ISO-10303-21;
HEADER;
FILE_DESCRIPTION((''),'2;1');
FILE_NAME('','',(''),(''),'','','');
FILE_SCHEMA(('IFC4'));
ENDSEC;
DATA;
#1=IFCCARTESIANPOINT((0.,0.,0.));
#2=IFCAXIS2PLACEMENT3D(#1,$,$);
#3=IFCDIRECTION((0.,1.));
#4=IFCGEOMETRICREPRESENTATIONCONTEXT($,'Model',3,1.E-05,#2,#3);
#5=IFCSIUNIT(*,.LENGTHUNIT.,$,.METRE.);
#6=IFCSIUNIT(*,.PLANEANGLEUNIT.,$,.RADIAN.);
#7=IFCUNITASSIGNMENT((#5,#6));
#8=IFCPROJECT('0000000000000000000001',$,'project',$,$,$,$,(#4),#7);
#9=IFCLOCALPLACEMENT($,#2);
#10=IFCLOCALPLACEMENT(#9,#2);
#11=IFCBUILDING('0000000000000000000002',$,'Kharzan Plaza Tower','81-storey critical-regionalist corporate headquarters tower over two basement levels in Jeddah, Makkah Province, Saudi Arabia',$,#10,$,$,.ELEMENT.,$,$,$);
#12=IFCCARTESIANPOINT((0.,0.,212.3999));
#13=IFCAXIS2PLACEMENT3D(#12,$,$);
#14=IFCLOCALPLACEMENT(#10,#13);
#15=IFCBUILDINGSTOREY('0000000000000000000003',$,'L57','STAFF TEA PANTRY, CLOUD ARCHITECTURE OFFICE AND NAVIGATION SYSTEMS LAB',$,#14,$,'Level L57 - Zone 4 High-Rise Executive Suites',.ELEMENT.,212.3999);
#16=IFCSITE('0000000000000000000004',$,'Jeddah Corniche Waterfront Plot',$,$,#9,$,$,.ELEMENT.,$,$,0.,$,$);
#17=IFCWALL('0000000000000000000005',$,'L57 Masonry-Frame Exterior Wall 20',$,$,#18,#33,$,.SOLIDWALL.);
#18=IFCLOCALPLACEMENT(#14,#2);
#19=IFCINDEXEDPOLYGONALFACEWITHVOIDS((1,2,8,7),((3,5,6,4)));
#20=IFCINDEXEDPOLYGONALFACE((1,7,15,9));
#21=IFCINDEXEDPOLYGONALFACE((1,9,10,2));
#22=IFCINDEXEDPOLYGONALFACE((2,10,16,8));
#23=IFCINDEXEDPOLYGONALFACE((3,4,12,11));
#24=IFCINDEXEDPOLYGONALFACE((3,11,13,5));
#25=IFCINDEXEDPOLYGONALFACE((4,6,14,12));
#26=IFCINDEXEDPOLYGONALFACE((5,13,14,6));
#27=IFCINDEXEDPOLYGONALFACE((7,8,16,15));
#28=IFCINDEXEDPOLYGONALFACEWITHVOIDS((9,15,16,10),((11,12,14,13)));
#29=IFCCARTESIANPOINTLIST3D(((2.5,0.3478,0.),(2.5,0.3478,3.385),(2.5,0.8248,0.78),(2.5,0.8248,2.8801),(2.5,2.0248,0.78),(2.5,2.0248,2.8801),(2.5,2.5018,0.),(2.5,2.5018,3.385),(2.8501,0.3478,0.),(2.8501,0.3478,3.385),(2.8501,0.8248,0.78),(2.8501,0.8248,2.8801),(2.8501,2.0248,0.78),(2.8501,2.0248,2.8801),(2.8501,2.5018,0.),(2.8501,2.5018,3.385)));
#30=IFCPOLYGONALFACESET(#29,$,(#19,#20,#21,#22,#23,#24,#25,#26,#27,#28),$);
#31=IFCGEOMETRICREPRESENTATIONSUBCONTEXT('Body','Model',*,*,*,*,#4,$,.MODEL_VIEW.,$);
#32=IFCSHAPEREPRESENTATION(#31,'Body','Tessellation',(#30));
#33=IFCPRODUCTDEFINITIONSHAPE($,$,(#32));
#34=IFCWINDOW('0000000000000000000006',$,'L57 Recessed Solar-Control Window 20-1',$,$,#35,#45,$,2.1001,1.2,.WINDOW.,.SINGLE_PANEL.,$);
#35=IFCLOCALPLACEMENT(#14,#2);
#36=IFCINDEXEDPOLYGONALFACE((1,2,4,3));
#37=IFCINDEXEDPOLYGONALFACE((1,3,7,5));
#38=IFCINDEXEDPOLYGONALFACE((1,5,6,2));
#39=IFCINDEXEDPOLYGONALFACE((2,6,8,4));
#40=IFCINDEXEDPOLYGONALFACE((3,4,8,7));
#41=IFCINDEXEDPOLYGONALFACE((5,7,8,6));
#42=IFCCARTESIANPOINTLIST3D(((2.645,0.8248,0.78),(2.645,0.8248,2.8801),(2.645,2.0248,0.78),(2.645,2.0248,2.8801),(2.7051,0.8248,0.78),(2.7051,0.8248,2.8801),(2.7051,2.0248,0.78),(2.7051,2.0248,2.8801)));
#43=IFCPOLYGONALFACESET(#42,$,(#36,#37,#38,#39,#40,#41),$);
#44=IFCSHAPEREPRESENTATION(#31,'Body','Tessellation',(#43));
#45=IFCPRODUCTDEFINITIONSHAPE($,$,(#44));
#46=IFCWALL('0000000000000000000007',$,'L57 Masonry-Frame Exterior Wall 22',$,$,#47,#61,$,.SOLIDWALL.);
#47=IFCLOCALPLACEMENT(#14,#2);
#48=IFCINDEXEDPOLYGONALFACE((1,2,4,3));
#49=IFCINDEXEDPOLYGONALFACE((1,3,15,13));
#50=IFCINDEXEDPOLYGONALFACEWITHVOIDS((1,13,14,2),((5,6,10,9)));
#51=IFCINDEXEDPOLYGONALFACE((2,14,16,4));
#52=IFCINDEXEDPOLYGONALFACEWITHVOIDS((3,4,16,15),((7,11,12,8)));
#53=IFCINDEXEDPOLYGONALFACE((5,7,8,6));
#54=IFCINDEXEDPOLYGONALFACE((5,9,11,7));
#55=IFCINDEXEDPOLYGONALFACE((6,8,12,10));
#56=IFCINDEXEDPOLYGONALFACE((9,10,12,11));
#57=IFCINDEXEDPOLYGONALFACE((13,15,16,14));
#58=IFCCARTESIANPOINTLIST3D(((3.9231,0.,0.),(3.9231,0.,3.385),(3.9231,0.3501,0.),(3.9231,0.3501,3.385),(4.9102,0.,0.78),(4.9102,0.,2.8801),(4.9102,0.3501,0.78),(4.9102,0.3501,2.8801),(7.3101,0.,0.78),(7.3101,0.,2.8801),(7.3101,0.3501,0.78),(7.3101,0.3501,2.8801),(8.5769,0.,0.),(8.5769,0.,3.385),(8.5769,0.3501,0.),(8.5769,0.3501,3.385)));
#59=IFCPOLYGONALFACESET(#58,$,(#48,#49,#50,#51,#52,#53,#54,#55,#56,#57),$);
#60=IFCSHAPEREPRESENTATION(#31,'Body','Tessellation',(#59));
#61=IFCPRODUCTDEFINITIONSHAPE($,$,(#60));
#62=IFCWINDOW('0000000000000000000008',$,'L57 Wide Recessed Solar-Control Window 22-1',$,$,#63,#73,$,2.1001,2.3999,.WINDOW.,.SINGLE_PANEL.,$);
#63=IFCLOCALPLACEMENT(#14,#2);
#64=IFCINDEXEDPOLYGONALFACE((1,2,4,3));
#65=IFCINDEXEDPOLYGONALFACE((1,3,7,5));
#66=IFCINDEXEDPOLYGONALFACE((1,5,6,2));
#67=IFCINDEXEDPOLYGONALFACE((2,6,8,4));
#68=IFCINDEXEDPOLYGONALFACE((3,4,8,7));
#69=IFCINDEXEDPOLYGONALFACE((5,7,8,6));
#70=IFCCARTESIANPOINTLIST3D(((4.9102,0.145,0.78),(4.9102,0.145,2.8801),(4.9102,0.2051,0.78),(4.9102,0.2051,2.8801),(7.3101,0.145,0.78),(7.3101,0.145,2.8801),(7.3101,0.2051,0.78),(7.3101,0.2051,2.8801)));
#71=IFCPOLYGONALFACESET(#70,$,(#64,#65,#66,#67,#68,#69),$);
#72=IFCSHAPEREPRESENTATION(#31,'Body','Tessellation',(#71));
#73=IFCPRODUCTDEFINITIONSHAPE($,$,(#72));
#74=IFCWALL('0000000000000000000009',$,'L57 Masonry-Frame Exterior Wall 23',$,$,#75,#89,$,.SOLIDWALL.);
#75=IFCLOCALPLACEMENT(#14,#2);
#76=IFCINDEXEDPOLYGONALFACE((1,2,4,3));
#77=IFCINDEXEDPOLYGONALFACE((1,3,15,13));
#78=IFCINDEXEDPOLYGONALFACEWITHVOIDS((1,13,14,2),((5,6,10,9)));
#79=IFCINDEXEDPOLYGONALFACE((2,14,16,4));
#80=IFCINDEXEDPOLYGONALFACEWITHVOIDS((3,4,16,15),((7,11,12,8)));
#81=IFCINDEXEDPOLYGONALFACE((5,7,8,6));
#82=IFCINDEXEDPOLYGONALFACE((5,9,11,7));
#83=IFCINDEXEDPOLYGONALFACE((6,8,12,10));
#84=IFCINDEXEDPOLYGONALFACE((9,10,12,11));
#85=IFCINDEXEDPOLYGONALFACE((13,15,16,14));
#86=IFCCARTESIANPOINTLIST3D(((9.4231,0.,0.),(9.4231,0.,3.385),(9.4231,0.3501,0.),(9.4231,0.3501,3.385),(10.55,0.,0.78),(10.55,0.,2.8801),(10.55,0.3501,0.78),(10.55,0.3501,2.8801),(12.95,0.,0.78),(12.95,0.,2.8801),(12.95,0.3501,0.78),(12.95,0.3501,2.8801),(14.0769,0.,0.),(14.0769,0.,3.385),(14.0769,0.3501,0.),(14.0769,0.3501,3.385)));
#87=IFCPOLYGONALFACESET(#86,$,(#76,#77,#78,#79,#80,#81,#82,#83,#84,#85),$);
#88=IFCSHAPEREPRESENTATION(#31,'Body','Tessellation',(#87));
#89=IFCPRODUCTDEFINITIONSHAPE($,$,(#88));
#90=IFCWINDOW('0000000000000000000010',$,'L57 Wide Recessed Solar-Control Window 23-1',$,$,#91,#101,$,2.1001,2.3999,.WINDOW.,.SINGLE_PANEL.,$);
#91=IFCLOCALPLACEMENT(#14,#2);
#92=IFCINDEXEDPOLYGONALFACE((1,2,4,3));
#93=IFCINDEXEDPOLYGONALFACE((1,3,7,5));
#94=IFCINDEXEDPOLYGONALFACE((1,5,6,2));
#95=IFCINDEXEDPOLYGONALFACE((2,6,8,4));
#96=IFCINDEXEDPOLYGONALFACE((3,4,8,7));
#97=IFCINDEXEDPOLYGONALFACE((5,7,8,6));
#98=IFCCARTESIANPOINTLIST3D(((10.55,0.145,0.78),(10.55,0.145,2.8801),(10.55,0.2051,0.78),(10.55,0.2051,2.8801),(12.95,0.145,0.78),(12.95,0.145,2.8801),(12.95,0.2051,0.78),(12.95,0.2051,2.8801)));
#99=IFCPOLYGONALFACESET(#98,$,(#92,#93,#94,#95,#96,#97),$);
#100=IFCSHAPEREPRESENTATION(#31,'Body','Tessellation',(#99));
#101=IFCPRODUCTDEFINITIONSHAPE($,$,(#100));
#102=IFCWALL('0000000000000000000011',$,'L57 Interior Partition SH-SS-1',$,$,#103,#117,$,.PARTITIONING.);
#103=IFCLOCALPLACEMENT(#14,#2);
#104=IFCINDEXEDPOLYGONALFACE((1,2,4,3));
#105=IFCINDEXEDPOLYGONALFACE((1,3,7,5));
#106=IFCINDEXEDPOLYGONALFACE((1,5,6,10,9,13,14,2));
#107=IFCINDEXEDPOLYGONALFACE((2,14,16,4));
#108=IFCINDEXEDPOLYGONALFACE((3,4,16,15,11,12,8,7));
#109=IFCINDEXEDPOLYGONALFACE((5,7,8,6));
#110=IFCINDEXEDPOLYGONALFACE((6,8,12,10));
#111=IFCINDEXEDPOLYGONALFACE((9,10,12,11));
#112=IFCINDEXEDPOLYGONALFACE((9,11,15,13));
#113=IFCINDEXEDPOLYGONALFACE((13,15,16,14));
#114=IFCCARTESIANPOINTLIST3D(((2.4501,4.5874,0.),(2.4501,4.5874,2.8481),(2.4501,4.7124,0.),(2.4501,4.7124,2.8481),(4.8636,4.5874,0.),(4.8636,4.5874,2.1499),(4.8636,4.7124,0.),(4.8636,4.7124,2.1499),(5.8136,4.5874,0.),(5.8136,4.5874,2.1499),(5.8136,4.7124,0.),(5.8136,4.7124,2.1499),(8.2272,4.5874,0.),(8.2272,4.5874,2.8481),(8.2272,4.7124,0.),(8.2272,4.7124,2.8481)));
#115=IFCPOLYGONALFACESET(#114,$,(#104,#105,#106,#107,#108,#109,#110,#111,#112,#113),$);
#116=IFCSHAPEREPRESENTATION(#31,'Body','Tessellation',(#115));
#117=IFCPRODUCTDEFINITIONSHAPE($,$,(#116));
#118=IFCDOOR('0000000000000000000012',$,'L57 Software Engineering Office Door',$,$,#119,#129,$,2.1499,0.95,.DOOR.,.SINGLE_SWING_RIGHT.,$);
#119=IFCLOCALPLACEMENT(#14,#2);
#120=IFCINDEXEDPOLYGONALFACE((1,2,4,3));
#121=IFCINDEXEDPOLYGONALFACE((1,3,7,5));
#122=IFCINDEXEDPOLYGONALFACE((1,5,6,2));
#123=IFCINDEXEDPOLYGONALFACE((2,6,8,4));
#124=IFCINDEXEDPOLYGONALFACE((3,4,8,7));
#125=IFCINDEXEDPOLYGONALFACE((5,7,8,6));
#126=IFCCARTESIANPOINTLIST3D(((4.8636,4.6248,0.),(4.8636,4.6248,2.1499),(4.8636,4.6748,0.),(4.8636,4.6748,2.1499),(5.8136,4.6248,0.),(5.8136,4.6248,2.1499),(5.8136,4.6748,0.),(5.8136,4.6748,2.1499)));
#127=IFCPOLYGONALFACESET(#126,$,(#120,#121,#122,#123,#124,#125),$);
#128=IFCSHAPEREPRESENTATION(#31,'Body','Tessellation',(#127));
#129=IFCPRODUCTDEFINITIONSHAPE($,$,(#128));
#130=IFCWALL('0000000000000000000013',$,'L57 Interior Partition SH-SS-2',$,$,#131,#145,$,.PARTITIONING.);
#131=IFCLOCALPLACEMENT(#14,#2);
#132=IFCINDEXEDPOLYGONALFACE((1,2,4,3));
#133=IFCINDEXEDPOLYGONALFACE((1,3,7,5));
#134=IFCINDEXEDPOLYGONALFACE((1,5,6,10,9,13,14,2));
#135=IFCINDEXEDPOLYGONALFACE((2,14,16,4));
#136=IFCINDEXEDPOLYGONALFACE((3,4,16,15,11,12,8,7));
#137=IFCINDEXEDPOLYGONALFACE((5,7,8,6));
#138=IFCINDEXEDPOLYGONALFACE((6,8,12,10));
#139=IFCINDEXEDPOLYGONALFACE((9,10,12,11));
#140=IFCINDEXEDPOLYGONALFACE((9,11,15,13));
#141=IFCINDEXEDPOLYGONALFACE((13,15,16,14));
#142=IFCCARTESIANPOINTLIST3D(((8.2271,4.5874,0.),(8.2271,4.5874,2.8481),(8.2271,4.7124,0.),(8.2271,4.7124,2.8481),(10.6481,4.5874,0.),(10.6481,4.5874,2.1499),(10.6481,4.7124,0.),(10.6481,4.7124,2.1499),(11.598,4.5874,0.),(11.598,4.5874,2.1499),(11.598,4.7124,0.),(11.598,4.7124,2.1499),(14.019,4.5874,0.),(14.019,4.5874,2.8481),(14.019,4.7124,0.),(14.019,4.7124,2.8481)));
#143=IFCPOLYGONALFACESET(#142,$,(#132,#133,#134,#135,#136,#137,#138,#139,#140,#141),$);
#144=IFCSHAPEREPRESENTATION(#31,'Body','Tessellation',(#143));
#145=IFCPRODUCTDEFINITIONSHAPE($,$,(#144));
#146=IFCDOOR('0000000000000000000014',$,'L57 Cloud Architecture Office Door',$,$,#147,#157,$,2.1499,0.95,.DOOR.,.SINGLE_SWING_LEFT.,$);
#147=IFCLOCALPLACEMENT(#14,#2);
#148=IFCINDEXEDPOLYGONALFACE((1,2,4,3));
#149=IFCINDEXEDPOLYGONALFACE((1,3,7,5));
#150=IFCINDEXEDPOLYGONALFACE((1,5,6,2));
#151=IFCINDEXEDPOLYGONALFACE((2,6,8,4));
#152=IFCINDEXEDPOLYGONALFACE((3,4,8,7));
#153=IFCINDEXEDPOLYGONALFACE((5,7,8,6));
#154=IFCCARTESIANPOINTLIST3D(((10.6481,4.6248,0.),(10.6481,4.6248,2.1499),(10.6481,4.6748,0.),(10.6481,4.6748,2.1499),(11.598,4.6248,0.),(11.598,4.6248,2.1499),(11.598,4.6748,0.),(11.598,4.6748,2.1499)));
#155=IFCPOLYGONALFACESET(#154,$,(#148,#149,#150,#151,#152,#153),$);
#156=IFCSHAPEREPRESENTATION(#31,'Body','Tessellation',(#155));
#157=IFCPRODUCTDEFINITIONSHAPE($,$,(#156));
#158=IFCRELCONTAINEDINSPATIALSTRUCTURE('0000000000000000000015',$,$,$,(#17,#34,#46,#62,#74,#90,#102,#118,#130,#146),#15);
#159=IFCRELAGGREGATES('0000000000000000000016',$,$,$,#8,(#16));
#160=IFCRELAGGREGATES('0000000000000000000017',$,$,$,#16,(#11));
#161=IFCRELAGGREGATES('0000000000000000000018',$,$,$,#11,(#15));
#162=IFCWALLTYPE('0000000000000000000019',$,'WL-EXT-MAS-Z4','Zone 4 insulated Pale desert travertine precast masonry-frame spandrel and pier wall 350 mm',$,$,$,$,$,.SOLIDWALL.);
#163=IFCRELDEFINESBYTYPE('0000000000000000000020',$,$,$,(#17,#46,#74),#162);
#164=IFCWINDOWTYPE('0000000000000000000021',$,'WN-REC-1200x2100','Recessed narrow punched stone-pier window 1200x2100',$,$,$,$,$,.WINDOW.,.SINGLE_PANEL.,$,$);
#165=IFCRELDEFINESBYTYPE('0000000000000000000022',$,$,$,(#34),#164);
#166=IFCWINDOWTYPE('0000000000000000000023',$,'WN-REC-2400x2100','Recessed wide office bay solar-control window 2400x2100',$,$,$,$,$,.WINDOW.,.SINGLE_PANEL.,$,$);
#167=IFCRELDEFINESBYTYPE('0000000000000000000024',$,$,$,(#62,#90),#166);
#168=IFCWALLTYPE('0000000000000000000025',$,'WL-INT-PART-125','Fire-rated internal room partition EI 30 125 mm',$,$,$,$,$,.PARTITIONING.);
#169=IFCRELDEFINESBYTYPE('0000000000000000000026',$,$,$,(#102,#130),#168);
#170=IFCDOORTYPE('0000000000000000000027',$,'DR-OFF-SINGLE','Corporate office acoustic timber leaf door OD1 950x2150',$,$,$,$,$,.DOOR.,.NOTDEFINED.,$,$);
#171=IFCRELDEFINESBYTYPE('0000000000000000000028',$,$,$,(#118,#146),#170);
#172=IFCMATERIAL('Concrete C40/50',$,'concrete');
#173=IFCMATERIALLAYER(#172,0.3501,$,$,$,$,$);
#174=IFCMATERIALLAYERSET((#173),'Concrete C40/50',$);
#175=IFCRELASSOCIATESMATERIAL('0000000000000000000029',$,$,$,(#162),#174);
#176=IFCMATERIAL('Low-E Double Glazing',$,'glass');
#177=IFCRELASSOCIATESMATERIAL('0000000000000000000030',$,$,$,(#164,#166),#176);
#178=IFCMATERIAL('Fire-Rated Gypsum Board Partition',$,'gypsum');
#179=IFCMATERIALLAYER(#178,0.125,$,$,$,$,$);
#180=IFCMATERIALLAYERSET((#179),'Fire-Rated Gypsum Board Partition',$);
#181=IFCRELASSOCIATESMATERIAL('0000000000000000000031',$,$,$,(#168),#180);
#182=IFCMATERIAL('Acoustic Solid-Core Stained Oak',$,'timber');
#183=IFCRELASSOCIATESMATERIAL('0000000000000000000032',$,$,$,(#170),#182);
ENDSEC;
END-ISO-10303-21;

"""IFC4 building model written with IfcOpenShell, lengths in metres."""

from ifc_helpers import new_model, si_unit, direction, frame, frame_2d, origin, place, context, subcontext, project, spatial, rectangle, extrude, source, transform, mapped, material, layer, layer_set, type_object, element, fill, save


model = new_model("IFC4")

# Units and contexts
model_context = context("Model", 3, precision=1e-05, world=origin(), true_north=direction((0.0, 1.0)))
body_context = subcontext(model_context, "Body", "Model", "MODEL_VIEW")
ifc_project = project(units=[si_unit("LENGTHUNIT", "METRE"), si_unit("PLANEANGLEUNIT", "RADIAN")], contexts=[model_context])

# Site, building, storey
site_placement = place(None, origin())
site = spatial("IfcSite", under=ifc_project, at=site_placement, Name="Jeddah Corniche Waterfront Plot", CompositionType="ELEMENT", RefElevation=0.0)
building_placement = place(site_placement, origin())
building = spatial("IfcBuilding", under=site, at=building_placement, Name="Kharzan Plaza Tower", Description="81-storey critical-regionalist corporate headquarters tower over two basement levels in Jeddah, Makkah Province, Saudi Arabia", CompositionType="ELEMENT")
storey_placement = place(building_placement, frame((0.0, 0.0, 212.3999)))
storey = spatial("IfcBuildingStorey", under=building, at=storey_placement, Name="L57", Description="STAFF TEA PANTRY, CLOUD ARCHITECTURE OFFICE AND NAVIGATION SYSTEMS LAB", LongName="Level L57 - Zone 4 High-Rise Executive Suites", CompositionType="ELEMENT", Elevation=212.3999)

# Walls, openings, windows
ifc_material_1 = material(Name="Concrete C40/50", Category="concrete")
ifc_layer_1 = layer(ifc_material_1, 0.3501)
ifc_layer_set_1 = layer_set([ifc_layer_1], Name="Concrete C40/50")
wall_type_1 = type_object("IfcWallType", Name="WL-EXT-MAS-Z4", Description="Zone 4 insulated Pale desert travertine precast masonry-frame spandrel and pier wall 350 mm", PredefinedType="SOLIDWALL", material=ifc_layer_set_1)
wall_1_placement = place(storey_placement, frame((2.675, 2.502, 0.0), z_axis=(0.0, 0.0, 1.0), x_axis=(0.0, -1.0, 0.0)))
wall_1 = element("IfcWall", 1, at=wall_1_placement, inside=storey, type_object=wall_type_1, Name="L57 Masonry-Frame Exterior Wall 20", PredefinedType="SOLIDWALL", context=body_context, shape_type="SweptSolid", body=[
    extrude(rectangle(XDim=2.1541, YDim=0.3501, at=frame_2d((1.0771, 0.0))), origin(), (0.0, 0.0, 1.0), 3.385),
])
opening_1_placement = place(wall_1_placement, frame((0.4771, 0.0, 0.78)))
opening_1 = element("IfcOpeningElement", 2, at=opening_1_placement, cuts=wall_1, PredefinedType="OPENING", context=body_context, shape_type="SweptSolid", body=[
    extrude(rectangle(XDim=1.2, YDim=2.1001, at=frame_2d((0.6001, 1.05))), frame((0.0, 0.1851, 0.0), z_axis=(0.0, -1.0, 0.0), x_axis=(1.0, 0.0, 0.0)), (0.0, 0.0, 1.0), 0.3701),
])
ifc_material_2 = material(Name="Low-E Double Glazing", Category="glass")
window_type_1 = type_object("IfcWindowType", Name="WN-REC-1200x2100", Description="Recessed narrow punched stone-pier window 1200x2100", PartitioningType="SINGLE_PANEL", PredefinedType="WINDOW", material=ifc_material_2)
shared_shape_1 = source(origin(), body_context, "Body", "SweptSolid", [
    extrude(rectangle(XDim=1.2, YDim=2.1001, at=frame_2d((0.6001, 1.05))), frame((0.0, 0.03, 0.0), z_axis=(0.0, -1.0, 0.0), x_axis=(1.0, 0.0, 0.0)), (0.0, 0.0, 1.0), 0.0601),
])
window_1_placement = place(opening_1_placement, origin())
window_1 = element("IfcWindow", 3, at=window_1_placement, inside=storey, type_object=window_type_1, Name="L57 Recessed Solar-Control Window 20-1", OverallHeight=2.1001, OverallWidth=1.2, PartitioningType="SINGLE_PANEL", PredefinedType="WINDOW", context=body_context, shape_type="MappedRepresentation", body=[
    mapped(shared_shape_1, transform((0.0, 0.0, 0.0), x_axis=(1.0, 0.0, 0.0), y_axis=(0.0, 1.0, 0.0), z_axis=(0.0, 0.0, 1.0))),
])
fill(opening_1, window_1)
wall_2_placement = place(storey_placement, frame((3.9231, 0.175, 0.0), z_axis=(0.0, 0.0, 1.0), x_axis=(1.0, 0.0, 0.0)))
wall_2 = element("IfcWall", 4, at=wall_2_placement, inside=storey, type_object=wall_type_1, Name="L57 Masonry-Frame Exterior Wall 22", PredefinedType="SOLIDWALL", context=body_context, shape_type="SweptSolid", body=[
    extrude(rectangle(XDim=4.6538, YDim=0.3501, at=frame_2d((2.3269, 0.0))), origin(), (0.0, 0.0, 1.0), 3.385),
])
opening_2_placement = place(wall_2_placement, frame((0.9871, 0.0, 0.78)))
opening_2 = element("IfcOpeningElement", 5, at=opening_2_placement, cuts=wall_2, PredefinedType="OPENING", context=body_context, shape_type="SweptSolid", body=[
    extrude(rectangle(XDim=2.3999, YDim=2.1001, at=frame_2d((1.2, 1.05))), frame((0.0, 0.1851, 0.0), z_axis=(0.0, -1.0, 0.0), x_axis=(1.0, 0.0, 0.0)), (0.0, 0.0, 1.0), 0.3701),
])
window_type_2 = type_object("IfcWindowType", Name="WN-REC-2400x2100", Description="Recessed wide office bay solar-control window 2400x2100", PartitioningType="SINGLE_PANEL", PredefinedType="WINDOW", material=ifc_material_2)
shared_shape_2 = source(origin(), body_context, "Body", "SweptSolid", [
    extrude(rectangle(XDim=2.3999, YDim=2.1001, at=frame_2d((1.2, 1.05))), frame((0.0, 0.03, 0.0), z_axis=(0.0, -1.0, 0.0), x_axis=(1.0, 0.0, 0.0)), (0.0, 0.0, 1.0), 0.0601),
])
window_2_placement = place(opening_2_placement, origin())
window_2 = element("IfcWindow", 6, at=window_2_placement, inside=storey, type_object=window_type_2, Name="L57 Wide Recessed Solar-Control Window 22-1", OverallHeight=2.1001, OverallWidth=2.3999, PartitioningType="SINGLE_PANEL", PredefinedType="WINDOW", context=body_context, shape_type="MappedRepresentation", body=[
    mapped(shared_shape_2, transform((0.0, 0.0, 0.0), x_axis=(1.0, 0.0, 0.0), y_axis=(0.0, 1.0, 0.0), z_axis=(0.0, 0.0, 1.0))),
])
fill(opening_2, window_2)
wall_3_placement = place(storey_placement, frame((9.4231, 0.175, 0.0), z_axis=(0.0, 0.0, 1.0), x_axis=(1.0, 0.0, 0.0)))
wall_3 = element("IfcWall", 7, at=wall_3_placement, inside=storey, type_object=wall_type_1, Name="L57 Masonry-Frame Exterior Wall 23", PredefinedType="SOLIDWALL", context=body_context, shape_type="SweptSolid", body=[
    extrude(rectangle(XDim=4.6538, YDim=0.3501, at=frame_2d((2.3269, 0.0))), origin(), (0.0, 0.0, 1.0), 3.385),
])
opening_3_placement = place(wall_3_placement, frame((1.127, 0.0, 0.78)))
opening_3 = element("IfcOpeningElement", 8, at=opening_3_placement, cuts=wall_3, PredefinedType="OPENING", context=body_context, shape_type="SweptSolid", body=[
    extrude(rectangle(XDim=2.3999, YDim=2.1001, at=frame_2d((1.2, 1.05))), frame((0.0, 0.1851, 0.0), z_axis=(0.0, -1.0, 0.0), x_axis=(1.0, 0.0, 0.0)), (0.0, 0.0, 1.0), 0.3701),
])
window_3_placement = place(opening_3_placement, origin())
window_3 = element("IfcWindow", 9, at=window_3_placement, inside=storey, type_object=window_type_2, Name="L57 Wide Recessed Solar-Control Window 23-1", OverallHeight=2.1001, OverallWidth=2.3999, PartitioningType="SINGLE_PANEL", PredefinedType="WINDOW", context=body_context, shape_type="MappedRepresentation", body=[
    mapped(shared_shape_2, transform((0.0, 0.0, 0.0), x_axis=(1.0, 0.0, 0.0), y_axis=(0.0, 1.0, 0.0), z_axis=(0.0, 0.0, 1.0))),
])
fill(opening_3, window_3)

# Walls, openings, doors
ifc_material_3 = material(Name="Fire-Rated Gypsum Board Partition", Category="gypsum")
ifc_layer_2 = layer(ifc_material_3, 0.125)
ifc_layer_set_2 = layer_set([ifc_layer_2], Name="Fire-Rated Gypsum Board Partition")
wall_type_2 = type_object("IfcWallType", Name="WL-INT-PART-125", Description="Fire-rated internal room partition EI 30 125 mm", PredefinedType="PARTITIONING", material=ifc_layer_set_2)
ifc_material_4 = material(Name="Acoustic Solid-Core Stained Oak", Category="timber")
door_type = type_object("IfcDoorType", Name="DR-OFF-SINGLE", Description="Corporate office acoustic timber leaf door OD1 950x2150", OperationType="NOTDEFINED", PredefinedType="DOOR", material=ifc_material_4)
shared_shape_3 = source(origin(), body_context, "Body", "SweptSolid", [
    extrude(rectangle(XDim=0.95, YDim=2.1499, at=frame_2d((0.4751, 1.075))), frame((0.0, 0.0249, 0.0), z_axis=(0.0, -1.0, 0.0), x_axis=(1.0, 0.0, 0.0)), (0.0, 0.0, 1.0), 0.05),
])
wall_4_placement = place(storey_placement, frame((2.45, 4.6499, 0.0), z_axis=(0.0, 0.0, 1.0), x_axis=(1.0, 0.0, 0.0)))
wall_4 = element("IfcWall", 10, at=wall_4_placement, inside=storey, type_object=wall_type_2, Name="L57 Interior Partition SH-SS-1", PredefinedType="PARTITIONING", context=body_context, shape_type="SweptSolid", body=[
    extrude(rectangle(XDim=5.7771, YDim=0.125, at=frame_2d((2.8887, 0.0))), origin(), (0.0, 0.0, 1.0), 2.8481),
])
opening_4_placement = place(wall_4_placement, frame((2.4136, 0.0, 0.0)))
opening_4 = element("IfcOpeningElement", 11, at=opening_4_placement, cuts=wall_4, PredefinedType="OPENING", context=body_context, shape_type="SweptSolid", body=[
    extrude(rectangle(XDim=0.95, YDim=2.1499, at=frame_2d((0.4751, 1.075))), frame((0.0, 0.0725, 0.0), z_axis=(0.0, -1.0, 0.0), x_axis=(1.0, 0.0, 0.0)), (0.0, 0.0, 1.0), 0.145),
])
door_1_placement = place(opening_4_placement, origin())
door_1 = element("IfcDoor", 12, at=door_1_placement, inside=storey, type_object=door_type, Name="L57 Software Engineering Office Door", OperationType="SINGLE_SWING_RIGHT", OverallHeight=2.1499, OverallWidth=0.95, PredefinedType="DOOR", context=body_context, shape_type="MappedRepresentation", body=[
    mapped(shared_shape_3, transform((0.0, 0.0, 0.0), x_axis=(1.0, 0.0, 0.0), y_axis=(0.0, 1.0, 0.0), z_axis=(0.0, 0.0, 1.0))),
])
fill(opening_4, door_1)
wall_5_placement = place(storey_placement, frame((8.2271, 4.6499, 0.0), z_axis=(0.0, 0.0, 1.0), x_axis=(1.0, 0.0, 0.0)))
wall_5 = element("IfcWall", 13, at=wall_5_placement, inside=storey, type_object=wall_type_2, Name="L57 Interior Partition SH-SS-2", PredefinedType="PARTITIONING", context=body_context, shape_type="SweptSolid", body=[
    extrude(rectangle(XDim=5.792, YDim=0.125, at=frame_2d((2.896, 0.0))), origin(), (0.0, 0.0, 1.0), 2.8481),
])
opening_5_placement = place(wall_5_placement, frame((2.4209, 0.0, 0.0)))
opening_5 = element("IfcOpeningElement", 14, at=opening_5_placement, cuts=wall_5, PredefinedType="OPENING", context=body_context, shape_type="SweptSolid", body=[
    extrude(rectangle(XDim=0.95, YDim=2.1499, at=frame_2d((0.4751, 1.075))), frame((0.0, 0.0725, 0.0), z_axis=(0.0, -1.0, 0.0), x_axis=(1.0, 0.0, 0.0)), (0.0, 0.0, 1.0), 0.145),
])
door_2_placement = place(opening_5_placement, origin())
door_2 = element("IfcDoor", 15, at=door_2_placement, inside=storey, type_object=door_type, Name="L57 Cloud Architecture Office Door", OperationType="SINGLE_SWING_LEFT", OverallHeight=2.1499, OverallWidth=0.95, PredefinedType="DOOR", context=body_context, shape_type="MappedRepresentation", body=[
    mapped(shared_shape_3, transform((0.0, 0.0, 0.0), x_axis=(1.0, 0.0, 0.0), y_axis=(0.0, 1.0, 0.0), z_axis=(0.0, 0.0, 1.0))),
])
fill(opening_5, door_2)

save(model, "model.ifc")
